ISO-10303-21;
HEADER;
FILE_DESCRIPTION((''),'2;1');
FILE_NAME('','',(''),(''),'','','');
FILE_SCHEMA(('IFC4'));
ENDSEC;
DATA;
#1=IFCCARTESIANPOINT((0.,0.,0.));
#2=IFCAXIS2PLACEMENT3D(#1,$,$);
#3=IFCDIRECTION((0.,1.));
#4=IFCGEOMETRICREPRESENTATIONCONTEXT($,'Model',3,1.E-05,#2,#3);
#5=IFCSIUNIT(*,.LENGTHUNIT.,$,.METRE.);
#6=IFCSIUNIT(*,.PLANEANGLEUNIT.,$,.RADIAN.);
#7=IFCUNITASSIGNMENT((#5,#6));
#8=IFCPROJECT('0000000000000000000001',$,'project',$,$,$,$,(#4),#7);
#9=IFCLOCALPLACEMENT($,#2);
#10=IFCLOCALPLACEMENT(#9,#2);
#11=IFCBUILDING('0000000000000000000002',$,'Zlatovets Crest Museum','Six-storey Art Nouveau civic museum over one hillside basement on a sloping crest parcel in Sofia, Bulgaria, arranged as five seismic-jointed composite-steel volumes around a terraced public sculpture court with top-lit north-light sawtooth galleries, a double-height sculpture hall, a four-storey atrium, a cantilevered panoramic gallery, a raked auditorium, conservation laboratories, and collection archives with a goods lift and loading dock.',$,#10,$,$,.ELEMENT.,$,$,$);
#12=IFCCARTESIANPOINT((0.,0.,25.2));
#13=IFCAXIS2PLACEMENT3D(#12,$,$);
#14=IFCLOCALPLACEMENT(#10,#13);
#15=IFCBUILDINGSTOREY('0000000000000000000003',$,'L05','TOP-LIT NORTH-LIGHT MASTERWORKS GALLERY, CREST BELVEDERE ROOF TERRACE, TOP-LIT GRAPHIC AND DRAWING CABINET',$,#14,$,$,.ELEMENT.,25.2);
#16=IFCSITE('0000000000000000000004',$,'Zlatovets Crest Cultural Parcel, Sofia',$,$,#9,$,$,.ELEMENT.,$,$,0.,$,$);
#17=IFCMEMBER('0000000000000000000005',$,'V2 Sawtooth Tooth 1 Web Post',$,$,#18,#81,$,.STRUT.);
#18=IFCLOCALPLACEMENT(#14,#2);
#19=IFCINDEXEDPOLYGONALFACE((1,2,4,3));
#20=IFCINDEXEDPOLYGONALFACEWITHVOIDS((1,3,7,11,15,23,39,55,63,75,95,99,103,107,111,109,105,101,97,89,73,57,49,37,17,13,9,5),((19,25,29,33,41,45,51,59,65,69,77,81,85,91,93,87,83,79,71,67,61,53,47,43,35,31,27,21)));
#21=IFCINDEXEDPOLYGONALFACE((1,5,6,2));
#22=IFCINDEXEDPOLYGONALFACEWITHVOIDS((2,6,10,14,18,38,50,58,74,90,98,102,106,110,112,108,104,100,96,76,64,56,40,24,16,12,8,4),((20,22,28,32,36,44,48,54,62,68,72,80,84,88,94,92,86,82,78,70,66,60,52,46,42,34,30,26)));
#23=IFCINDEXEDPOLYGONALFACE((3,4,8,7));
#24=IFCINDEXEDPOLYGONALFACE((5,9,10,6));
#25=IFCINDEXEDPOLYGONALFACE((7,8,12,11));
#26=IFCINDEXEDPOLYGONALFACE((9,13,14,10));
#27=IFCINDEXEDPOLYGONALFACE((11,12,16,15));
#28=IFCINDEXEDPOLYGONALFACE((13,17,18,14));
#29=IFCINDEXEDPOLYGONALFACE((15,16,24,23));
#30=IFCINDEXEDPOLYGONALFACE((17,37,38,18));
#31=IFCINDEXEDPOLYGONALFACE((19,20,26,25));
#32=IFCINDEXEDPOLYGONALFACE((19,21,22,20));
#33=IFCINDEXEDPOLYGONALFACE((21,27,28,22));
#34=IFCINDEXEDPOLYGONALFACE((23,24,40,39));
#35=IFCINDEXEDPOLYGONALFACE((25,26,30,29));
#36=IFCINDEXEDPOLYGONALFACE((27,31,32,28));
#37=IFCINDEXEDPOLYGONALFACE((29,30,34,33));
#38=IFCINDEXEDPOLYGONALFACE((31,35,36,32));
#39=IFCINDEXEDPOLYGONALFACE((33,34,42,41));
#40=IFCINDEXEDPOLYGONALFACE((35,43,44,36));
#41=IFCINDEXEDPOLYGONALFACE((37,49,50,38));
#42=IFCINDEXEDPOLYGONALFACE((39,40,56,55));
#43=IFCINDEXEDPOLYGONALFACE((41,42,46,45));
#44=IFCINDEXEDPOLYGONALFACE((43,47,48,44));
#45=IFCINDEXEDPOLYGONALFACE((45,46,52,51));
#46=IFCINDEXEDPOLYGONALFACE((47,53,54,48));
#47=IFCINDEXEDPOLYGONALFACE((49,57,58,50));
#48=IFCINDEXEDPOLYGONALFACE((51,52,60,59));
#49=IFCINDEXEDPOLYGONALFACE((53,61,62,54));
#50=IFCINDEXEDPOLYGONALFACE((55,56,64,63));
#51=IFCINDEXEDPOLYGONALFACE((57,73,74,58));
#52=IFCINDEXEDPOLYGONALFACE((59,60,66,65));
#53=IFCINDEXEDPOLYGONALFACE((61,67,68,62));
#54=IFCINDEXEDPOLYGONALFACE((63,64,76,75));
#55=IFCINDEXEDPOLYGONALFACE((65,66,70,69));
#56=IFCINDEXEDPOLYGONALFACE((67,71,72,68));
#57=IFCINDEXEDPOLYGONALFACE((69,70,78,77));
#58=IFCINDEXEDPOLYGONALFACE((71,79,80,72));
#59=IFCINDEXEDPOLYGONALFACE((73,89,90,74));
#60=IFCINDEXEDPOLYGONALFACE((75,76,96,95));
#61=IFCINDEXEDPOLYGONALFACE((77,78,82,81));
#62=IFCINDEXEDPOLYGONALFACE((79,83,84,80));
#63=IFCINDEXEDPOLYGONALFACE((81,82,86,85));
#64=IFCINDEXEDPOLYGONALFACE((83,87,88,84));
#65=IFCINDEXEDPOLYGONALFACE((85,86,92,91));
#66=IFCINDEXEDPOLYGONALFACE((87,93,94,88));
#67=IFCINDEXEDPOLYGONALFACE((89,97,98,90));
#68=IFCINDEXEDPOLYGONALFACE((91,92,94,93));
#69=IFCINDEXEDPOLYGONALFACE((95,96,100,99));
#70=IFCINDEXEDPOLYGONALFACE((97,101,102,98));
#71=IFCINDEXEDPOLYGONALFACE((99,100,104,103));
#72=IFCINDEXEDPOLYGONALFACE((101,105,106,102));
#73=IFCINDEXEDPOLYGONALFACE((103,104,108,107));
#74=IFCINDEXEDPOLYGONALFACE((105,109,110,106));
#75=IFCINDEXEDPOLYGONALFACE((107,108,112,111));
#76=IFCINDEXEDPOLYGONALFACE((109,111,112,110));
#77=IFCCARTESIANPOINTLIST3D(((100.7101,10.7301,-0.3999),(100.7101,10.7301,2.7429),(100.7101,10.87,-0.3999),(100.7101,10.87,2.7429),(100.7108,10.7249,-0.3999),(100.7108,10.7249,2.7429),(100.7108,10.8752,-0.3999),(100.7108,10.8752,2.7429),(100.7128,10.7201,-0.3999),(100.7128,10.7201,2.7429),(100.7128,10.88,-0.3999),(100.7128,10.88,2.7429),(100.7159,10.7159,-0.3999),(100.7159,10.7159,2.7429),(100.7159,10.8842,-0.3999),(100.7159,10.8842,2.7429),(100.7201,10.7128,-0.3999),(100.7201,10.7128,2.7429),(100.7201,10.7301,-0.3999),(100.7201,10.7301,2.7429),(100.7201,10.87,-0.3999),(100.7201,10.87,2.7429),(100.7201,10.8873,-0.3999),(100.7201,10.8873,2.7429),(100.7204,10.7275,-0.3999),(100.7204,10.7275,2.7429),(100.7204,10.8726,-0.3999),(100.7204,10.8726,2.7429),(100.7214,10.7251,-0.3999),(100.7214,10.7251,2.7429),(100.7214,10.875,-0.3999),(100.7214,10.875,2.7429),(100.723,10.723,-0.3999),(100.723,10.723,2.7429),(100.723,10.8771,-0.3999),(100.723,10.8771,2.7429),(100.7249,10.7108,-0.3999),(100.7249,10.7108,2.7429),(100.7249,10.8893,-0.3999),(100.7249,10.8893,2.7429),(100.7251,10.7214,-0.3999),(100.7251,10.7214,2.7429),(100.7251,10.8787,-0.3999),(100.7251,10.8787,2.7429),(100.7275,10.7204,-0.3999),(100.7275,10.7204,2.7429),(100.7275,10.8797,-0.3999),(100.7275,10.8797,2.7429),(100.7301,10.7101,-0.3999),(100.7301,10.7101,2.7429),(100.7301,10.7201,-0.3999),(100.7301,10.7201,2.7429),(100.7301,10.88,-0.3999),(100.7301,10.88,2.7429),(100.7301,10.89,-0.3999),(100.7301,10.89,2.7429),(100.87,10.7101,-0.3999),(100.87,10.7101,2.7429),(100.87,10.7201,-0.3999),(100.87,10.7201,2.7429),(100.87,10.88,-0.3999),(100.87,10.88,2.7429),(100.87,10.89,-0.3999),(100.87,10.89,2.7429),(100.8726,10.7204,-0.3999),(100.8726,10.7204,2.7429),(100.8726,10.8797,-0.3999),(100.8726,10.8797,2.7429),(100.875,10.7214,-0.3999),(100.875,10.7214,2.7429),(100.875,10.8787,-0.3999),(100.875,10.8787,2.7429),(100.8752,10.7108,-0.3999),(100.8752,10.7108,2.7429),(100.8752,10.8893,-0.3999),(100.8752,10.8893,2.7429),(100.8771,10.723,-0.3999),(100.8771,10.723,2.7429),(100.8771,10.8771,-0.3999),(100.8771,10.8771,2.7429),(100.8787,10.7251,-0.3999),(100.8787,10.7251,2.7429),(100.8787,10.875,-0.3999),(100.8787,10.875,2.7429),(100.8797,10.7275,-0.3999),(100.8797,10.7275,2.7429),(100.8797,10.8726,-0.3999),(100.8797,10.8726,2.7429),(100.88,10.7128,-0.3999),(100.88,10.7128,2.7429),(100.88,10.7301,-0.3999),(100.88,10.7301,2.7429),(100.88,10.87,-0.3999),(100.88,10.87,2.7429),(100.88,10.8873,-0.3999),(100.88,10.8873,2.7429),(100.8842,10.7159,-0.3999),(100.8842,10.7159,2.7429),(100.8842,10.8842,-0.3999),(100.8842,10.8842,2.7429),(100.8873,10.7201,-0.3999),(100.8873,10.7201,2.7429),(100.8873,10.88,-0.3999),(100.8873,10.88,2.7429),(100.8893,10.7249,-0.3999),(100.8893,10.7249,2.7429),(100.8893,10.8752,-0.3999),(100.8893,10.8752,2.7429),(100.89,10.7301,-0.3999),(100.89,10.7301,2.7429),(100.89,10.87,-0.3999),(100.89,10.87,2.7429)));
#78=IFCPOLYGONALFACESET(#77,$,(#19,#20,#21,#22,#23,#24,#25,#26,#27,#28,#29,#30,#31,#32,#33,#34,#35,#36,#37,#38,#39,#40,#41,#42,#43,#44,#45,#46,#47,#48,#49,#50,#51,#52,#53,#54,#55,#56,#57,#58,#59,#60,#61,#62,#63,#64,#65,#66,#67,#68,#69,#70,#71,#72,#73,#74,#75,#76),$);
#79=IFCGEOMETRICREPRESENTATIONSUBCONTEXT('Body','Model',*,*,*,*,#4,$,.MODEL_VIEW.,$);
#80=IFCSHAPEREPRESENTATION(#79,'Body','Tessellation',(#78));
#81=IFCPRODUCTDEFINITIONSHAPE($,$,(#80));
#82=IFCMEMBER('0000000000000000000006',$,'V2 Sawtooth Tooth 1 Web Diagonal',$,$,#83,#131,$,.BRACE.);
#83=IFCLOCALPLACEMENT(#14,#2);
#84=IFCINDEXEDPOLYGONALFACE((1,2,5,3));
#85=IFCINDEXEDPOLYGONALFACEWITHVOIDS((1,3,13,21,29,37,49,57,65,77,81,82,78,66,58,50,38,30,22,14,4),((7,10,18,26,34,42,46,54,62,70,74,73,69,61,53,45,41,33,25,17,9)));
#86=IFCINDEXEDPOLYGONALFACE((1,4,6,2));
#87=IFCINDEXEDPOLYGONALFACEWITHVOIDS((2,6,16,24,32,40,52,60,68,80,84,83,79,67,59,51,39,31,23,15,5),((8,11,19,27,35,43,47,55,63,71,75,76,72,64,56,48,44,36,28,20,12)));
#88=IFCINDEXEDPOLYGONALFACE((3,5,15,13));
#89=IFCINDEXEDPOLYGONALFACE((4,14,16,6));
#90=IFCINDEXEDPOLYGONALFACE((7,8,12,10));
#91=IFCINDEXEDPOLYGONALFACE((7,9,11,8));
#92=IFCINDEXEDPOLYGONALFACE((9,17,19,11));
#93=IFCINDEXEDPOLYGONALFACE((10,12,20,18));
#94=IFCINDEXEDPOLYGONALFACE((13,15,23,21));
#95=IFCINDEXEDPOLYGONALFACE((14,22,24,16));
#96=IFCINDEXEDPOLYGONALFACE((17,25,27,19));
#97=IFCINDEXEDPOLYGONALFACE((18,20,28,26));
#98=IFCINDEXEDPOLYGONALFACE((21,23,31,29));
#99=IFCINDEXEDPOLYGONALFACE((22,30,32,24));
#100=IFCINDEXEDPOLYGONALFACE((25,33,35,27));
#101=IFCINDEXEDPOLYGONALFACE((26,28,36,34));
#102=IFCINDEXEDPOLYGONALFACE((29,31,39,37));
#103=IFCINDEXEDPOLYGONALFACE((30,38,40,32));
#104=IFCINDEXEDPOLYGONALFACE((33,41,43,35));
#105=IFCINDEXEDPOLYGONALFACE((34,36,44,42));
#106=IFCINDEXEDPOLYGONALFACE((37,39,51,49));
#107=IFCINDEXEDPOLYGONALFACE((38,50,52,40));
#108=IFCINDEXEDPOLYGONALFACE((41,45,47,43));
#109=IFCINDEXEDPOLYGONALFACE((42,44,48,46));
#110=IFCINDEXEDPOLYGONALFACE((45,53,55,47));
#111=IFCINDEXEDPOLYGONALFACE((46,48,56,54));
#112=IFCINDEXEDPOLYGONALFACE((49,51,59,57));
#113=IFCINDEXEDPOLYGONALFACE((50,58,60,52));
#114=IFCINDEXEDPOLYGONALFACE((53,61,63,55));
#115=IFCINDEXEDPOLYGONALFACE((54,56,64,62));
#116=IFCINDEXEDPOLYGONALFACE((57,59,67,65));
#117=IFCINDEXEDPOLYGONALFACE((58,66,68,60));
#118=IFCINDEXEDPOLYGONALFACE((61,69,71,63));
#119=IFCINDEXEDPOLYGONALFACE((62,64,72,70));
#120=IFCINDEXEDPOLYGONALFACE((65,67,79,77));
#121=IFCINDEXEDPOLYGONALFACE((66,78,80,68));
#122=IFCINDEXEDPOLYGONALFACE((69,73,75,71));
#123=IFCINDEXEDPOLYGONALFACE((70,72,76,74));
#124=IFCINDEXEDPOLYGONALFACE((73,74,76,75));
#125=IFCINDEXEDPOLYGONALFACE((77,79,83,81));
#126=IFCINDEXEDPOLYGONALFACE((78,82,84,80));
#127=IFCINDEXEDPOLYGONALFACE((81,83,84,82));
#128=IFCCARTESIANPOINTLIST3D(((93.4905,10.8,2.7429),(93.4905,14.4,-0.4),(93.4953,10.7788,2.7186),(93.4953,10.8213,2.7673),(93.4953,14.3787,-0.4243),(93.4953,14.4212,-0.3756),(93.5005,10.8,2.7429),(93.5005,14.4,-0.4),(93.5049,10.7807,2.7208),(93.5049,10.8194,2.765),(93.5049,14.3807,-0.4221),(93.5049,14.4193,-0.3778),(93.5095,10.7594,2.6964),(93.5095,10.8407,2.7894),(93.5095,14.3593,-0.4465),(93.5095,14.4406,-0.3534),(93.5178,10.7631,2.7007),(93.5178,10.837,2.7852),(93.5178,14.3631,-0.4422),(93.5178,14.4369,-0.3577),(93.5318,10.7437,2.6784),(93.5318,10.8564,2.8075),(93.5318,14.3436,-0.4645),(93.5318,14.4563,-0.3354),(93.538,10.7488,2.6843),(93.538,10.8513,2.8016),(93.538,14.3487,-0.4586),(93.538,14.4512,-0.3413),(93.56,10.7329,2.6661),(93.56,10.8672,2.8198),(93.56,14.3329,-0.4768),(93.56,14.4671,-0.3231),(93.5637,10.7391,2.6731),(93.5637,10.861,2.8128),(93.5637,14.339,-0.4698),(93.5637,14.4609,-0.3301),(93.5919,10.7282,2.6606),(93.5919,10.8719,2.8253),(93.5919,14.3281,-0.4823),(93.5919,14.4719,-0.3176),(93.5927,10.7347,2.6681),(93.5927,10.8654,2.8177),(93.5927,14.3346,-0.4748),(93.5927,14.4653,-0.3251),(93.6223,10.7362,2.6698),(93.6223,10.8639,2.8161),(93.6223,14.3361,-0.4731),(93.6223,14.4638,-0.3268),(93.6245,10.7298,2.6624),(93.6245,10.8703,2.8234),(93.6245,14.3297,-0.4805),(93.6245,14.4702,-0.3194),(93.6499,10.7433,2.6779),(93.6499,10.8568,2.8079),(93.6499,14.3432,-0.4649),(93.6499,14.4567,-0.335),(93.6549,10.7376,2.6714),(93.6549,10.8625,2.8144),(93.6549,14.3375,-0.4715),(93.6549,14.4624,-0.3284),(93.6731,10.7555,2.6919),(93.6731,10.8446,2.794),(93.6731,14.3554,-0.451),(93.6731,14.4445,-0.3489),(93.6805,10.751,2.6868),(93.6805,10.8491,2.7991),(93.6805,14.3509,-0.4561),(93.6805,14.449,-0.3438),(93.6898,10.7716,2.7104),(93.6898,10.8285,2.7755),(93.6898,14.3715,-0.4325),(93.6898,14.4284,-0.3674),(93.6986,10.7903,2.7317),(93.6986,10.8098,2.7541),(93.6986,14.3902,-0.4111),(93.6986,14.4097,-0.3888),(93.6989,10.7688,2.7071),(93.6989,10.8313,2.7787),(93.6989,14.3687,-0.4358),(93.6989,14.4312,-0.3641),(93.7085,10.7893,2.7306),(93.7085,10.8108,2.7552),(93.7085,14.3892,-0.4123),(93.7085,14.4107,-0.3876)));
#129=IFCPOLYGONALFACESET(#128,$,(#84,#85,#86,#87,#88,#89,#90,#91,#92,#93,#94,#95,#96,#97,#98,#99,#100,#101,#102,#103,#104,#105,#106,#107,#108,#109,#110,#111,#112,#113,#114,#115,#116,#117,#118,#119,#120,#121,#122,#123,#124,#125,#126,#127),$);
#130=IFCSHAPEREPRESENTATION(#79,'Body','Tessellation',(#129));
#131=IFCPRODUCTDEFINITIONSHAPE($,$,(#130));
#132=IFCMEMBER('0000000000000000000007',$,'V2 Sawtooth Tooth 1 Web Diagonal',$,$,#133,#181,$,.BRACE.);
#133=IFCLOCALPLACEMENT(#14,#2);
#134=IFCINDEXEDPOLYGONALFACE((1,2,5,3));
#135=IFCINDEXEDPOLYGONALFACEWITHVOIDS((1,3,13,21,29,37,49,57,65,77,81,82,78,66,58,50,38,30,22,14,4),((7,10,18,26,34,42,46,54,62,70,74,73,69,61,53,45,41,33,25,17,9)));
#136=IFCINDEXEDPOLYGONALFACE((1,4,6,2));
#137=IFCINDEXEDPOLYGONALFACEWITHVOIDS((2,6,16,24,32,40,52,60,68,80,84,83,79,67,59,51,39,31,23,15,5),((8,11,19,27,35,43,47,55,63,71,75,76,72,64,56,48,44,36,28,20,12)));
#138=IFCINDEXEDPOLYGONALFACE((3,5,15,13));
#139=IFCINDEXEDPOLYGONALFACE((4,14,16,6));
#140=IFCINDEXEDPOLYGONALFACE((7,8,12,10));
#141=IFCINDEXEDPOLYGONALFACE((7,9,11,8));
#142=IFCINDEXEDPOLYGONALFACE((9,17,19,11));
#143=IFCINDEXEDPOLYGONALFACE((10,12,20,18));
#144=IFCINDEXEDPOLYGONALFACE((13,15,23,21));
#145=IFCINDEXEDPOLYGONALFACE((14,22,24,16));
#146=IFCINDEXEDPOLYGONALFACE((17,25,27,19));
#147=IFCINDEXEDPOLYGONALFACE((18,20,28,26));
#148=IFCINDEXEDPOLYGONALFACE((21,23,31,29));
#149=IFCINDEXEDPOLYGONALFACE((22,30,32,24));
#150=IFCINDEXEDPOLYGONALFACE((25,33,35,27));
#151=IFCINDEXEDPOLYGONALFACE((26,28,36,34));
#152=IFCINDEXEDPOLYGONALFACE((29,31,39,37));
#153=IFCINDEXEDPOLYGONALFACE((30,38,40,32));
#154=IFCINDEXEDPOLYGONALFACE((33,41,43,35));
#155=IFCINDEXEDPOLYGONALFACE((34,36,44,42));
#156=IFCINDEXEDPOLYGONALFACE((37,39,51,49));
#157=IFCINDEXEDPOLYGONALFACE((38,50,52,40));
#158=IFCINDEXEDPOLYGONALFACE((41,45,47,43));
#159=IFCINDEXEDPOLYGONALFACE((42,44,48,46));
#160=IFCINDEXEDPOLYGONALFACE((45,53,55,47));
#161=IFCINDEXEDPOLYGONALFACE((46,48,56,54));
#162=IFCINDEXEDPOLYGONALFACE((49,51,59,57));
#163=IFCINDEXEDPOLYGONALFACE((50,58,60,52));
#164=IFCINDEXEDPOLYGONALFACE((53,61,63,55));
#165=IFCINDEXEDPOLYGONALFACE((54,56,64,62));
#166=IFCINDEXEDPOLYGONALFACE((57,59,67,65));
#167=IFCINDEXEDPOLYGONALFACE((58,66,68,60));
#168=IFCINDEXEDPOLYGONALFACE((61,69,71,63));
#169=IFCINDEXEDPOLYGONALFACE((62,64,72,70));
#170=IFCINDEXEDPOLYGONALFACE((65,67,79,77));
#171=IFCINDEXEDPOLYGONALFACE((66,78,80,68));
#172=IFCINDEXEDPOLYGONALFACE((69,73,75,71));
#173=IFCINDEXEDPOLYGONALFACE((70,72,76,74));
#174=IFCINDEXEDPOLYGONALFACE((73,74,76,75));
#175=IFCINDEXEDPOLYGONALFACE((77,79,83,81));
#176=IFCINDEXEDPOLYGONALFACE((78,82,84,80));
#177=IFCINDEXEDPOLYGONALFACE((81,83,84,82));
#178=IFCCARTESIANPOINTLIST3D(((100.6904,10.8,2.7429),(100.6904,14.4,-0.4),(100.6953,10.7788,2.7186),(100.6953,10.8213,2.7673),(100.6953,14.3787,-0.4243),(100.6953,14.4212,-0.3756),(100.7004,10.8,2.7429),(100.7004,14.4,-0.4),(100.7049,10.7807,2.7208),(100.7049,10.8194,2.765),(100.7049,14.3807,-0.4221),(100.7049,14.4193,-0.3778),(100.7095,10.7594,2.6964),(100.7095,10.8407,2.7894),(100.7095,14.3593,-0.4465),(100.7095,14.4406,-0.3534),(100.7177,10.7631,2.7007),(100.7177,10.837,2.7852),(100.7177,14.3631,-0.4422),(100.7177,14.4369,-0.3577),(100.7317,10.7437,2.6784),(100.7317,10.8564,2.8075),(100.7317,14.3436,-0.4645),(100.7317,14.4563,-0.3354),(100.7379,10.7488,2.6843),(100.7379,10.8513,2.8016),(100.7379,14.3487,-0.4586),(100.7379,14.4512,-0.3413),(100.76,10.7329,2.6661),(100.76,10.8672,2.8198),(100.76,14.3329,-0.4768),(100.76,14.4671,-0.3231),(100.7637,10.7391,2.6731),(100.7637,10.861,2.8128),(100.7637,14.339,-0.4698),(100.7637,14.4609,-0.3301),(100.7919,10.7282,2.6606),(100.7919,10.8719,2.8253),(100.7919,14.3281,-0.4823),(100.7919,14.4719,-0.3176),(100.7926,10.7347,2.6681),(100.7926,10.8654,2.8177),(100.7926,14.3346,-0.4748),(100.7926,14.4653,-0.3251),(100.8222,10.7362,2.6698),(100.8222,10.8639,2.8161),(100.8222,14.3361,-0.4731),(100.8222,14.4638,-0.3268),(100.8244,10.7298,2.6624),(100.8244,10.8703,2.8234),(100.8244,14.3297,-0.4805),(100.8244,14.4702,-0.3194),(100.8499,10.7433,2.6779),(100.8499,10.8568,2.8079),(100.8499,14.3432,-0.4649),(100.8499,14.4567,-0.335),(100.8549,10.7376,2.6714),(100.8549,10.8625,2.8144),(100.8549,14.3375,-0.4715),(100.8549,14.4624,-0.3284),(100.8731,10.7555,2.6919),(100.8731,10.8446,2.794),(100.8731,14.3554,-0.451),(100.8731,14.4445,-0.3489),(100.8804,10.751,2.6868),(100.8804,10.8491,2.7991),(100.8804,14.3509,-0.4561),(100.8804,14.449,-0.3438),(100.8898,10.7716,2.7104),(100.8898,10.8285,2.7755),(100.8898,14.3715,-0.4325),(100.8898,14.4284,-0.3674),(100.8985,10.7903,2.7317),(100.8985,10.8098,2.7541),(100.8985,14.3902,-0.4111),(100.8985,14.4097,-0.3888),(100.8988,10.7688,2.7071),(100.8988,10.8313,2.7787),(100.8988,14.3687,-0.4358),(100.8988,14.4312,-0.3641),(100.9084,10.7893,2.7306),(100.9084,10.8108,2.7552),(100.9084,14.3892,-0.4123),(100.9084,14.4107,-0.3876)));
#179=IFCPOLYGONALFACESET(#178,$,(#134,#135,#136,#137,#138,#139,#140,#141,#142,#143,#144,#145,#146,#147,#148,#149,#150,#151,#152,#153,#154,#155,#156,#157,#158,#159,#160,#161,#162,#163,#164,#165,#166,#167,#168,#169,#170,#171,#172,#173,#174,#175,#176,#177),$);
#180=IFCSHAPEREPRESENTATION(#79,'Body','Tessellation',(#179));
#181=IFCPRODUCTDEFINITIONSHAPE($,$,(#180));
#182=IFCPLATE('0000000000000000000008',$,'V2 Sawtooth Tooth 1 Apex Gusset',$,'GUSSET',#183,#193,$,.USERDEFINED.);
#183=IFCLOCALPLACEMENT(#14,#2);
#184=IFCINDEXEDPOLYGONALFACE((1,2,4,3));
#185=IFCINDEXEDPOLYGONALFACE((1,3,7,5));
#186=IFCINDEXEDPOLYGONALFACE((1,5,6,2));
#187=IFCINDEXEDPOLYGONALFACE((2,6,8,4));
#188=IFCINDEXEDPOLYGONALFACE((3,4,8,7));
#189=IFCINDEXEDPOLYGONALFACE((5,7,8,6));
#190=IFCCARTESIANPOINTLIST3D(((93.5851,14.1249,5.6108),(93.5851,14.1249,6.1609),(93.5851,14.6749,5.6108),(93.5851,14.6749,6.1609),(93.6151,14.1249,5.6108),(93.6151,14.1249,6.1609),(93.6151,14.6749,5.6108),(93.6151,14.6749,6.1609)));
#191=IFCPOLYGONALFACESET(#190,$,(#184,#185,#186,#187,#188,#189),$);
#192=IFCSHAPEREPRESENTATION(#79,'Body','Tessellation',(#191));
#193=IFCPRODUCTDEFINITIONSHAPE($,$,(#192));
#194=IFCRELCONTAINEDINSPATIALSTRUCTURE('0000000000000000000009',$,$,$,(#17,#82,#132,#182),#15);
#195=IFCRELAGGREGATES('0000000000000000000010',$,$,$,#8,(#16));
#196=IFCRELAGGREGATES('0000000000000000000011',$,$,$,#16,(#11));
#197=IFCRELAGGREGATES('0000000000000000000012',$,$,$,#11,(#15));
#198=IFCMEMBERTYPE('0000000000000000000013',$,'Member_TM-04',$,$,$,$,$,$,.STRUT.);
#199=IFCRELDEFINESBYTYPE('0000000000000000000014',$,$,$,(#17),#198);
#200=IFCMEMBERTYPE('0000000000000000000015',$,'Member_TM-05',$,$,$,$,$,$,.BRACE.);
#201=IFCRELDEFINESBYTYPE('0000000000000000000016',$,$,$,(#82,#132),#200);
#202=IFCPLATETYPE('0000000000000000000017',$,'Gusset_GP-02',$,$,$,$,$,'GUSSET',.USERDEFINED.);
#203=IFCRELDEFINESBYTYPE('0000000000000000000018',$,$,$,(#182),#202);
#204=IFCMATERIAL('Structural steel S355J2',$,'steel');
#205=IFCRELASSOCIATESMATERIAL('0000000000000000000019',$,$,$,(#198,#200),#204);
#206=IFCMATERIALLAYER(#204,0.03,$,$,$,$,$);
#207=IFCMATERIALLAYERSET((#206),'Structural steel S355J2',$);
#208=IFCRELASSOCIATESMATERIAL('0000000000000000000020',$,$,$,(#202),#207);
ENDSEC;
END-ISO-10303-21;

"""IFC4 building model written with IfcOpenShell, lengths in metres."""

from ifc_helpers import new_model, si_unit, direction, frame, origin, origin_2d, place, context, subcontext, project, spatial, rectangle, hollow_rectangle, hollow_circle, extrude, material, layer, layer_set, material_profile, profile_set, type_object, element, save


model = new_model("IFC4")

# Units and contexts
model_context = context("Model", 3, precision=1e-05, world=origin(), true_north=direction((0.0, 1.0)))
body_context = subcontext(model_context, "Body", "Model", "MODEL_VIEW")
ifc_project = project(units=[si_unit("LENGTHUNIT", "METRE"), si_unit("PLANEANGLEUNIT", "RADIAN")], contexts=[model_context])

# Site, building, storey
site_placement = place(None, origin())
site = spatial("IfcSite", under=ifc_project, at=site_placement, Name="Zlatovets Crest Cultural Parcel, Sofia", CompositionType="ELEMENT", RefElevation=0.0)
building_placement = place(site_placement, origin())
building = spatial("IfcBuilding", under=site, at=building_placement, Name="Zlatovets Crest Museum", Description="Six-storey Art Nouveau civic museum over one hillside basement on a sloping crest parcel in Sofia, Bulgaria, arranged as five seismic-jointed composite-steel volumes around a terraced public sculpture court with top-lit north-light sawtooth galleries, a double-height sculpture hall, a four-storey atrium, a cantilevered panoramic gallery, a raked auditorium, conservation laboratories, and collection archives with a goods lift and loading dock.", CompositionType="ELEMENT")
storey_placement = place(building_placement, frame((0.0, 0.0, 25.2)))
storey = spatial("IfcBuildingStorey", under=building, at=storey_placement, Name="L05", Description="TOP-LIT NORTH-LIGHT MASTERWORKS GALLERY, CREST BELVEDERE ROOF TERRACE, TOP-LIT GRAPHIC AND DRAWING CABINET", CompositionType="ELEMENT", Elevation=25.2)

# Shared definitions
ifc_material_1 = material(Name="Structural steel S355J2", Category="steel")

# Members
ifc_material_profile_1 = material_profile(ifc_material_1, hollow_rectangle(XDim=0.1799, YDim=0.1799, WallThickness=0.01, InnerFilletRadius=0.01, OuterFilletRadius=0.02, at=origin_2d()), Name="SHS 180x180x10.0")
ifc_profile_set_1 = profile_set([ifc_material_profile_1], Name="Structural steel S355J2")
member_type_1 = type_object("IfcMemberType", Name="Member_TM-04", PredefinedType="STRUT", material=ifc_profile_set_1)
for number, where, z_axis, x_axis, name in (
    (1, (100.8, 10.8, -0.3999), (0.0, 0.0, 1.0), (1.0, 0.0, 0.0), "V2 Sawtooth Tooth 1 Web Post"),
):
    element("IfcMember", number, at=place(storey_placement, frame(where, z_axis=z_axis, x_axis=x_axis)), inside=storey, type_object=member_type_1, Name=name, PredefinedType="STRUT", context=body_context, shape_type="SweptSolid", body=[
        extrude(hollow_rectangle(XDim=0.1799, YDim=0.1799, WallThickness=0.01, InnerFilletRadius=0.01, OuterFilletRadius=0.02, at=origin_2d()), origin(), (0.0, 0.0, 1.0), 3.1428),
    ])
ifc_material_profile_2 = material_profile(ifc_material_1, hollow_circle(Radius=0.1096, WallThickness=0.01, at=origin_2d()), Name="CHS 219.1x10.0")
ifc_profile_set_2 = profile_set([ifc_material_profile_2], Name="Structural steel S355J2")
member_type_2 = type_object("IfcMemberType", Name="Member_TM-05", PredefinedType="BRACE", material=ifc_profile_set_2)
for number, where, z_axis, x_axis, name in (
    (2, (93.6001, 10.8, 2.7429), (0.0, 0.753307, -0.657669), (-1.0, 0.0, 0.0), "V2 Sawtooth Tooth 1 Web Diagonal"),
    (3, (100.8, 10.8, 2.7429), (0.0, 0.753307, -0.657669), (-1.0, 0.0, 0.0), "V2 Sawtooth Tooth 1 Web Diagonal"),
):
    element("IfcMember", number, at=place(storey_placement, frame(where, z_axis=z_axis, x_axis=x_axis)), inside=storey, type_object=member_type_2, Name=name, PredefinedType="BRACE", context=body_context, shape_type="SweptSolid", body=[
        extrude(hollow_circle(Radius=0.1096, WallThickness=0.01, at=origin_2d()), origin(), (0.0, 0.0, 1.0), 4.7788),
    ])

# Plate
ifc_layer_1 = layer(ifc_material_1, 0.03)
ifc_layer_set_1 = layer_set([ifc_layer_1], Name="Structural steel S355J2")
plate_type = type_object("IfcPlateType", Name="Gusset_GP-02", ElementType="GUSSET", PredefinedType="USERDEFINED", material=ifc_layer_set_1)
plate_placement = place(storey_placement, frame((93.6001, 14.3999, 5.6108), z_axis=(0.0, 0.0, 1.0), x_axis=(1.0, 0.0, 0.0)))
element("IfcPlate", 4, at=plate_placement, inside=storey, type_object=plate_type, Name="V2 Sawtooth Tooth 1 Apex Gusset", ObjectType="GUSSET", PredefinedType="USERDEFINED", context=body_context, shape_type="SweptSolid", body=[
    extrude(rectangle(XDim=0.03, YDim=0.55, at=origin_2d()), origin(), (0.0, 0.0, 1.0), 0.55),
])

save(model, "model.ifc")
